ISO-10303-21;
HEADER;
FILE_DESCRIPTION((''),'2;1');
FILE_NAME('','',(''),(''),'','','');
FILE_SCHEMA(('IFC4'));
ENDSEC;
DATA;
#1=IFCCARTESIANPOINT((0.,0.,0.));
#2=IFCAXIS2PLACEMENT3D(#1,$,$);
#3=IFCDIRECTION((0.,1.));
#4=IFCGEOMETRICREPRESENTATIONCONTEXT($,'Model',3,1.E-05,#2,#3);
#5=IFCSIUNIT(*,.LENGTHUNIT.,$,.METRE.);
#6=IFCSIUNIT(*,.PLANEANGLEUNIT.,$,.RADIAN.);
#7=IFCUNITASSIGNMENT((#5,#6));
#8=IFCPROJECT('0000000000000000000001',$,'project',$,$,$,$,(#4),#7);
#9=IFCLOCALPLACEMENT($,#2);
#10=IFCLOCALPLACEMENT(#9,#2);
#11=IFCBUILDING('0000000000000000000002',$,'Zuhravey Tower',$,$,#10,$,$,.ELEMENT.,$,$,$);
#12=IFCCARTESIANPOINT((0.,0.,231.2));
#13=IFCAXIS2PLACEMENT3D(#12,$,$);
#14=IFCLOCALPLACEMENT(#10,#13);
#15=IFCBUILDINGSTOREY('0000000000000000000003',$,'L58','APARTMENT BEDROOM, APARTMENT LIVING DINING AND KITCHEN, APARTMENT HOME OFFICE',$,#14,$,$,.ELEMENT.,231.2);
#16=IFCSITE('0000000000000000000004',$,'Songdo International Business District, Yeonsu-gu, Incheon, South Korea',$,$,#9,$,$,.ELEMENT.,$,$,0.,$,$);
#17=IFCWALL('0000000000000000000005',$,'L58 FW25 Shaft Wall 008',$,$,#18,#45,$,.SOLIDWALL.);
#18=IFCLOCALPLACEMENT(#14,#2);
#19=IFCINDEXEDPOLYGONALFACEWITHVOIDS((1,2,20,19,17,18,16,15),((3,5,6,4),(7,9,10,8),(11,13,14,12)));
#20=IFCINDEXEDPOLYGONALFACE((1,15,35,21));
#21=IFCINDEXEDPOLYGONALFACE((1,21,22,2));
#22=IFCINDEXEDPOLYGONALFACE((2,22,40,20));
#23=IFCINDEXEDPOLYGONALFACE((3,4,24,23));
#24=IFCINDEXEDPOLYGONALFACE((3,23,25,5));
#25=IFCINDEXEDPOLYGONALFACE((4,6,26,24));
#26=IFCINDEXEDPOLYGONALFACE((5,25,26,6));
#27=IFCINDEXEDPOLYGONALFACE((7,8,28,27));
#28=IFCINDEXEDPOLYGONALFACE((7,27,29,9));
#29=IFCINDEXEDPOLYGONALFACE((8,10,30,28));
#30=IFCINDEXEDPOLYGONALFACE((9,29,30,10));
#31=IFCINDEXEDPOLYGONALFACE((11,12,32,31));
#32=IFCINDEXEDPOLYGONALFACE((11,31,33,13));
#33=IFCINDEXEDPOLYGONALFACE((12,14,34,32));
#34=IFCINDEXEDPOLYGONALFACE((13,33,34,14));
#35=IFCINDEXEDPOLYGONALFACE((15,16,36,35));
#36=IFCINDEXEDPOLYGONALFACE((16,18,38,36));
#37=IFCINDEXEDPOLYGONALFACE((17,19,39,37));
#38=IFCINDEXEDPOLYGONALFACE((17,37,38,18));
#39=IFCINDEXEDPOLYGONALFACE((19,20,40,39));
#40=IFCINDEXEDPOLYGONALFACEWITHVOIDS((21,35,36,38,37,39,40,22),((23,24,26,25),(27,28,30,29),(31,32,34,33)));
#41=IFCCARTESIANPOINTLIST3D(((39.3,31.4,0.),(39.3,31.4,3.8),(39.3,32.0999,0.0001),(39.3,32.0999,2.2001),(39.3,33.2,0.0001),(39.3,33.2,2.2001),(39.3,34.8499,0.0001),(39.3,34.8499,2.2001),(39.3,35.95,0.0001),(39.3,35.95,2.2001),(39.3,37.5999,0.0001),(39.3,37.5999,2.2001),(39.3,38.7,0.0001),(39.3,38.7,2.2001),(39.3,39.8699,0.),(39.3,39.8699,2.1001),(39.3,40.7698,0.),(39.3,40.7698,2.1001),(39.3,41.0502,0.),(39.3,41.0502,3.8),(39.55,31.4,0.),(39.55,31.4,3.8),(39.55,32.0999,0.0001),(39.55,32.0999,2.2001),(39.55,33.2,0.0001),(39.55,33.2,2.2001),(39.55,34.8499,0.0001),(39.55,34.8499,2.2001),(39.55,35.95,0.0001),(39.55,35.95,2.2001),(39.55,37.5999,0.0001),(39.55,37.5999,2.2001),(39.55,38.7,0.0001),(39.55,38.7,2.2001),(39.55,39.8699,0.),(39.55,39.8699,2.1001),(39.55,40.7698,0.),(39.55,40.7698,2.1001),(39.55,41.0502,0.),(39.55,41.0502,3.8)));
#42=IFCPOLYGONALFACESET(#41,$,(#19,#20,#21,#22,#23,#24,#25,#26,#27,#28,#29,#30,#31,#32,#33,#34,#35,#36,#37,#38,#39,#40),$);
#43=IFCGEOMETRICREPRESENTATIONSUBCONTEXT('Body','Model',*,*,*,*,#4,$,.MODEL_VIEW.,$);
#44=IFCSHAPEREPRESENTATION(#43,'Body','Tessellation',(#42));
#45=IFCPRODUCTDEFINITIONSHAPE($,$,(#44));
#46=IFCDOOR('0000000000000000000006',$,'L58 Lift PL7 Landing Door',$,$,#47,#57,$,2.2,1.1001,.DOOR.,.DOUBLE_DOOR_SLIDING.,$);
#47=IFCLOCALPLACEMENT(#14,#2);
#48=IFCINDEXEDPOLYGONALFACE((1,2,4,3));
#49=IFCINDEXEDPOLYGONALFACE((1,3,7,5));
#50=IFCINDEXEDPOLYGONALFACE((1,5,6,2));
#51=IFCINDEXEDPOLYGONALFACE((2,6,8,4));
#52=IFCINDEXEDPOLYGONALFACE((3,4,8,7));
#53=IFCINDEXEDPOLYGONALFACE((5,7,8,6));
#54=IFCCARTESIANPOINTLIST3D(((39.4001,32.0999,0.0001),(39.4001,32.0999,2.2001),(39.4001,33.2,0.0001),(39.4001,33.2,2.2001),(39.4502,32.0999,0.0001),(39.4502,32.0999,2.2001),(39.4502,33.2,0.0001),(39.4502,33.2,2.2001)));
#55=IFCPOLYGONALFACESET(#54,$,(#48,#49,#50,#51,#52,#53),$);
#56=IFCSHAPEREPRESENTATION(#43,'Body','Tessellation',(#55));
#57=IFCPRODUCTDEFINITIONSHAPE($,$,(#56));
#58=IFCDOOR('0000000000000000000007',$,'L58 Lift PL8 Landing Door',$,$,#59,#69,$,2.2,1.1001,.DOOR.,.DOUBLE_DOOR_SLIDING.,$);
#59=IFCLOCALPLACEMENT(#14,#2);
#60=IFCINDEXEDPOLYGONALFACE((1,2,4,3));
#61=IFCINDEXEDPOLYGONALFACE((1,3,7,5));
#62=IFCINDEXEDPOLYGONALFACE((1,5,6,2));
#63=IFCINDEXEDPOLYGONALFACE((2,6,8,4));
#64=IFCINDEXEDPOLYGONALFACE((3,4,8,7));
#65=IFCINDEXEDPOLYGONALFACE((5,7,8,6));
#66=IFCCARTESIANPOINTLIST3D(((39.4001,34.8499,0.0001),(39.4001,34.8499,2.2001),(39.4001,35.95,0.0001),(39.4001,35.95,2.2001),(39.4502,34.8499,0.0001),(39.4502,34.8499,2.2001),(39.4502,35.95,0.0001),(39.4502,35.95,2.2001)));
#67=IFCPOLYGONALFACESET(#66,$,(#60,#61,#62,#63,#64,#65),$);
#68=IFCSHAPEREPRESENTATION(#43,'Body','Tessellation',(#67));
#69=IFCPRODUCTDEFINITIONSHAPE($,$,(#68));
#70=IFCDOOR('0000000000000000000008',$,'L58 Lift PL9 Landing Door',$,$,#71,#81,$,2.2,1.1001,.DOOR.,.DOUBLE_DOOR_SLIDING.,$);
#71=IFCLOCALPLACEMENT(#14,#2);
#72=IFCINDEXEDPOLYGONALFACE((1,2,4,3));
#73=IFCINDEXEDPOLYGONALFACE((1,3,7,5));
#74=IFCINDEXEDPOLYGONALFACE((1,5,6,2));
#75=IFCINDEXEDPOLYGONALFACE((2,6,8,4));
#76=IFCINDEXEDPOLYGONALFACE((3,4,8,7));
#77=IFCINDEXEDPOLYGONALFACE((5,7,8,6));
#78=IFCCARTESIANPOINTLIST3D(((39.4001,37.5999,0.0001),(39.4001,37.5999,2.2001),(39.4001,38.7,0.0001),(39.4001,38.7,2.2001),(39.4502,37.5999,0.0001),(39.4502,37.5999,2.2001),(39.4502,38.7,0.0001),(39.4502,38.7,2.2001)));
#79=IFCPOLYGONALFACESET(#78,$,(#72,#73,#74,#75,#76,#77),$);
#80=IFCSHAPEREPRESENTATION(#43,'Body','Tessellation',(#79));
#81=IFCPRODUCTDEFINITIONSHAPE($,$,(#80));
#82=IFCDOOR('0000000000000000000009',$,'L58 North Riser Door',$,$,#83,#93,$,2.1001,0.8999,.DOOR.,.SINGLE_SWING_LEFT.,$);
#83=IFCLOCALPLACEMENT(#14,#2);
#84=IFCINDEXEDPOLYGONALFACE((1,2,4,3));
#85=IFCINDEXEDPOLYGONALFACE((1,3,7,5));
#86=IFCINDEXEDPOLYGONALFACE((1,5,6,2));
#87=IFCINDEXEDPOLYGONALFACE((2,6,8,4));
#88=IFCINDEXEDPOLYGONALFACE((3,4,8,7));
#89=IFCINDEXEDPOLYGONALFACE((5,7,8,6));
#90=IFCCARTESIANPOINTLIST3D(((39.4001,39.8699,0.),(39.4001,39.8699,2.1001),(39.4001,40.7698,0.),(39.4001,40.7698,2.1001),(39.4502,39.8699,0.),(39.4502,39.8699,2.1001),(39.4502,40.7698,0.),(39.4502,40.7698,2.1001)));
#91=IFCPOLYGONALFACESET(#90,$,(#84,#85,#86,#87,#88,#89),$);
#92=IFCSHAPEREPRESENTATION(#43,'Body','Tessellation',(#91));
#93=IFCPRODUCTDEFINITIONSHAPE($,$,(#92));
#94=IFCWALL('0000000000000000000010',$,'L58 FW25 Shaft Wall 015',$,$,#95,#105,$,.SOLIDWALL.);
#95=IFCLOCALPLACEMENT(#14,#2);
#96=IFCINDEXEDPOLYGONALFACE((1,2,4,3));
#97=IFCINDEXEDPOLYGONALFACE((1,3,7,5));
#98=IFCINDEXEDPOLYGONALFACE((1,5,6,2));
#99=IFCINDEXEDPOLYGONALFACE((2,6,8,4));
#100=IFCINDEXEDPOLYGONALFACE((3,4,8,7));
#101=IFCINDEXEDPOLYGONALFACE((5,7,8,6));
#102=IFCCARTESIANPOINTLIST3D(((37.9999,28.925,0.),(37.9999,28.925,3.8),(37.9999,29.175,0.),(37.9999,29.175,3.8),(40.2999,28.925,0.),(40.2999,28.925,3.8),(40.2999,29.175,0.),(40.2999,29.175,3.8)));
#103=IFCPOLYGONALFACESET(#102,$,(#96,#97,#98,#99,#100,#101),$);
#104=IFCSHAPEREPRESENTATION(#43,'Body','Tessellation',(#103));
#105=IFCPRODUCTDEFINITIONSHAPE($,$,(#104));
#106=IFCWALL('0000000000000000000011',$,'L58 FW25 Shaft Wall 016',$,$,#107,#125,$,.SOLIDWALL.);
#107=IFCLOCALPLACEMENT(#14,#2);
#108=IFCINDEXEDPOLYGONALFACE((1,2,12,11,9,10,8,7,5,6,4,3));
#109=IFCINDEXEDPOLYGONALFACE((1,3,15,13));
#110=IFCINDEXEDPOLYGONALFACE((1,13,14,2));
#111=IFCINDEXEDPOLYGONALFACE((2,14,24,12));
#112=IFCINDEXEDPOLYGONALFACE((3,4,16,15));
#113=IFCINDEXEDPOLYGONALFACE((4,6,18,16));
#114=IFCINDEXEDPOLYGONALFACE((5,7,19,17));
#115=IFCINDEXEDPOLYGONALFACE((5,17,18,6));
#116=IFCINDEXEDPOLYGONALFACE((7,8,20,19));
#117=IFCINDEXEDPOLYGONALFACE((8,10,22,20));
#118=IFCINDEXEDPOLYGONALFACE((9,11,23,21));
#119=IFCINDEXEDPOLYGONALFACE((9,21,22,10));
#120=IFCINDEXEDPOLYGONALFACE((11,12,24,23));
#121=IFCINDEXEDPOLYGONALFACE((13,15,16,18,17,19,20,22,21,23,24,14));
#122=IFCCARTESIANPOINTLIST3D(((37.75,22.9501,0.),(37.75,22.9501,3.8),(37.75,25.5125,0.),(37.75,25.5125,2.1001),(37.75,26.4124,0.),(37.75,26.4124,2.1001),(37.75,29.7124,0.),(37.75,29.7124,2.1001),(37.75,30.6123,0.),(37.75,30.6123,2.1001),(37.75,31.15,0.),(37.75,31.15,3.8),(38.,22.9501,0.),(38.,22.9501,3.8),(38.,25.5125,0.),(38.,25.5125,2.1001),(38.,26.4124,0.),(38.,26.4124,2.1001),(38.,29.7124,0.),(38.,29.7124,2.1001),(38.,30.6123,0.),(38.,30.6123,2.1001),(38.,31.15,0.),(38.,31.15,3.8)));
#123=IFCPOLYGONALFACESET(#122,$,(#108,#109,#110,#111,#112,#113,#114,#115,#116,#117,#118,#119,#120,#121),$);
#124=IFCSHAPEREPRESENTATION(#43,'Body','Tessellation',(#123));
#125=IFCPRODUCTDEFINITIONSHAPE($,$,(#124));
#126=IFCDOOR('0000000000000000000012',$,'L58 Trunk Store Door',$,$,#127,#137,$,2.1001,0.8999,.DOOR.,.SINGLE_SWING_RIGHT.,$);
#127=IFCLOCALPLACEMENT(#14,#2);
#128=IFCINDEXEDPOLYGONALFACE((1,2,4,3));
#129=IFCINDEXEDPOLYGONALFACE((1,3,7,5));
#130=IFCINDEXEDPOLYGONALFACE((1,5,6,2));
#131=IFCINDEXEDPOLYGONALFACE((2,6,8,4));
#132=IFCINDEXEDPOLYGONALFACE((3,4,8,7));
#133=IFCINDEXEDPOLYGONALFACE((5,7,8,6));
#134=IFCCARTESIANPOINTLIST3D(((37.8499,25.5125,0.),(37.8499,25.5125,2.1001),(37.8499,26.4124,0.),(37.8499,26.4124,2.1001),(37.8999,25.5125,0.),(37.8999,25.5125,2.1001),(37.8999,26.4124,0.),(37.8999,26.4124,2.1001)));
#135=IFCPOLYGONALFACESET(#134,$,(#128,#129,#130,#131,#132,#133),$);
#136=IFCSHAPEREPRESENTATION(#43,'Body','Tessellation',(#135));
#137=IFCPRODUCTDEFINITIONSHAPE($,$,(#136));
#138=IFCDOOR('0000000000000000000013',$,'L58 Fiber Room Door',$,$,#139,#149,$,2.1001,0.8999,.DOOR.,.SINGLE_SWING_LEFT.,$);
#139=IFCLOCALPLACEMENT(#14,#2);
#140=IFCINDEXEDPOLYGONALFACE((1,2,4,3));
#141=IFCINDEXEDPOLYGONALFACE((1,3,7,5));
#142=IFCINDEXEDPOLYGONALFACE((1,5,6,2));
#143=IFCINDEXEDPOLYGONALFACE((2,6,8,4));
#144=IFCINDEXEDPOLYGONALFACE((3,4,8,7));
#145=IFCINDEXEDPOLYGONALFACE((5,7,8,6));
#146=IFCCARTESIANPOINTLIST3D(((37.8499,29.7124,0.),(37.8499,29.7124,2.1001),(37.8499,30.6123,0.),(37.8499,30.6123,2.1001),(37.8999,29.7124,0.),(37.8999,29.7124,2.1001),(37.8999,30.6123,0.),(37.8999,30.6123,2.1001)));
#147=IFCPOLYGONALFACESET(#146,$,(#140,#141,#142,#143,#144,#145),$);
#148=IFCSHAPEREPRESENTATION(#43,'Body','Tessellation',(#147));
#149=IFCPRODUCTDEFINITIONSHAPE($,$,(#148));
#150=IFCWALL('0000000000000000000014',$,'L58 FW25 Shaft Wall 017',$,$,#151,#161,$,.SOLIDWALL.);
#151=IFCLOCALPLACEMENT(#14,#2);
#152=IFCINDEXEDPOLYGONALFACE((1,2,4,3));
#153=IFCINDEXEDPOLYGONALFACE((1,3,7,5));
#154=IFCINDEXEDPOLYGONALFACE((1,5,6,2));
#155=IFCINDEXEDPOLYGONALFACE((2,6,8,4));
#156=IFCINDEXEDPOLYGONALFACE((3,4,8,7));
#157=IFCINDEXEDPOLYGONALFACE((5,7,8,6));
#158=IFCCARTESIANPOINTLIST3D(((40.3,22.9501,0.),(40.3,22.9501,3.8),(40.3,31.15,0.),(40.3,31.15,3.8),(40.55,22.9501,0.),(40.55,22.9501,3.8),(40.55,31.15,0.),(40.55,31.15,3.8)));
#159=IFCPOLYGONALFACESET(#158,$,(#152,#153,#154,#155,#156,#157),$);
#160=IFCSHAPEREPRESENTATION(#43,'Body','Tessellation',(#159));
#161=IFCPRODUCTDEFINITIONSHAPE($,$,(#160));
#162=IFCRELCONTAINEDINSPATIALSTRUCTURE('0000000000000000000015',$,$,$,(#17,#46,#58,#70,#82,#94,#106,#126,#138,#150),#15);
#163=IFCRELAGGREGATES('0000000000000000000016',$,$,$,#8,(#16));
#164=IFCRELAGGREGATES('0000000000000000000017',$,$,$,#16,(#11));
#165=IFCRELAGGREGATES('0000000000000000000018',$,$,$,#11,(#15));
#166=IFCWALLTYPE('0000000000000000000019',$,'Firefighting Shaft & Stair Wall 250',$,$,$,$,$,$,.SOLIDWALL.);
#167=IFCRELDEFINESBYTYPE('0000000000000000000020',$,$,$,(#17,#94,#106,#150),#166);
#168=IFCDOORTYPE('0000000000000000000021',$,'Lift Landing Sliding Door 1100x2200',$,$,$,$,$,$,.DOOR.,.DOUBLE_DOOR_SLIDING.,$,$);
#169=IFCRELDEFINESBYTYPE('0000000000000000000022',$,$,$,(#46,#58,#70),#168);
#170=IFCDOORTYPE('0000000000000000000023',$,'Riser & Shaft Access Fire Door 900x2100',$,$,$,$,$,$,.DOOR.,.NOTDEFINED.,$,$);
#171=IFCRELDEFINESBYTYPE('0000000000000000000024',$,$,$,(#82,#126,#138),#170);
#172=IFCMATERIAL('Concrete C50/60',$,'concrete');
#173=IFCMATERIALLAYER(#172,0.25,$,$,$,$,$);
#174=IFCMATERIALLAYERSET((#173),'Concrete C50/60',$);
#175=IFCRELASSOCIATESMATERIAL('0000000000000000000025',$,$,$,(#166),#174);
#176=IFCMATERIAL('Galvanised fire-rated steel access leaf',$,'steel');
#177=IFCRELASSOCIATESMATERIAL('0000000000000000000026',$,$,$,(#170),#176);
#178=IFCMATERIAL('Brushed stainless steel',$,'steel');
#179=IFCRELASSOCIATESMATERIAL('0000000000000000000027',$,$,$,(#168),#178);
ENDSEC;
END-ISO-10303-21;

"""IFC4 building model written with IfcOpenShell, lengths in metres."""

from ifc_helpers import new_model, si_unit, direction, frame, frame_2d, origin, place, context, subcontext, project, spatial, rectangle, extrude, material, layer, layer_set, type_object, element, fill, save


model = new_model("IFC4")

# Units and contexts
model_context = context("Model", 3, precision=1e-05, world=origin(), true_north=direction((0.0, 1.0)))
body_context = subcontext(model_context, "Body", "Model", "MODEL_VIEW")
ifc_project = project(units=[si_unit("LENGTHUNIT", "METRE"), si_unit("PLANEANGLEUNIT", "RADIAN")], contexts=[model_context])

# Site, building, storey
site_placement = place(None, origin())
site = spatial("IfcSite", under=ifc_project, at=site_placement, Name="Songdo International Business District, Yeonsu-gu, Incheon, South Korea", CompositionType="ELEMENT", RefElevation=0.0)
building_placement = place(site_placement, origin())
building = spatial("IfcBuilding", under=site, at=building_placement, Name="Zuhravey Tower", CompositionType="ELEMENT")
storey_placement = place(building_placement, frame((0.0, 0.0, 231.2)))
storey = spatial("IfcBuildingStorey", under=building, at=storey_placement, Name="L58", Description="APARTMENT BEDROOM, APARTMENT LIVING DINING AND KITCHEN, APARTMENT HOME OFFICE", CompositionType="ELEMENT", Elevation=231.2)

# Shared definitions
ifc_material_1 = material(Name="Concrete C50/60", Category="concrete")

# Shared definitions
ifc_layer_1 = layer(ifc_material_1, 0.25)
ifc_layer_set_1 = layer_set([ifc_layer_1], Name="Concrete C50/60")
wall_type_1 = type_object("IfcWallType", Name="Firefighting Shaft & Stair Wall 250", PredefinedType="SOLIDWALL", material=ifc_layer_set_1)

# Wall, openings, doors
ifc_material_2 = material(Name="Galvanised fire-rated steel access leaf", Category="steel")
door_type_1 = type_object("IfcDoorType", Name="Riser & Shaft Access Fire Door 900x2100", OperationType="NOTDEFINED", PredefinedType="DOOR", material=ifc_material_2)
wall_1_placement = place(storey_placement, frame((39.425, 31.3999, 0.0), z_axis=(0.0, 0.0, 1.0), x_axis=(0.0, 1.0, 0.0)))
wall_1 = element("IfcWall", 1, at=wall_1_placement, inside=storey, type_object=wall_type_1, Name="L58 FW25 Shaft Wall 008", PredefinedType="SOLIDWALL", context=body_context, shape_type="SweptSolid", body=[
    extrude(rectangle(XDim=9.6501, YDim=0.25, at=frame_2d((4.8252, 0.0))), origin(), (0.0, 0.0, 1.0), 3.8),
])
opening_1_placement = place(wall_1_placement, frame((0.7, 0.0, 0.0)))
opening_1 = element("IfcOpeningElement", 2, at=opening_1_placement, cuts=wall_1, PredefinedType="OPENING", context=body_context, shape_type="SweptSolid", body=[
    extrude(rectangle(XDim=1.1001, YDim=2.2, at=frame_2d((0.55, 1.1001))), frame((0.0, 0.137, 0.0), z_axis=(0.0, -1.0, 0.0), x_axis=(1.0, 0.0, 0.0)), (0.0, 0.0, 1.0), 0.2739),
])
opening_2_placement = place(wall_1_placement, frame((3.45, 0.0, 0.0)))
opening_2 = element("IfcOpeningElement", 3, at=opening_2_placement, cuts=wall_1, PredefinedType="OPENING", context=body_context, shape_type="SweptSolid", body=[
    extrude(rectangle(XDim=1.1001, YDim=2.2, at=frame_2d((0.55, 1.1001))), frame((0.0, 0.137, 0.0), z_axis=(0.0, -1.0, 0.0), x_axis=(1.0, 0.0, 0.0)), (0.0, 0.0, 1.0), 0.2739),
])
opening_3_placement = place(wall_1_placement, frame((6.2, 0.0, 0.0)))
opening_3 = element("IfcOpeningElement", 4, at=opening_3_placement, cuts=wall_1, PredefinedType="OPENING", context=body_context, shape_type="SweptSolid", body=[
    extrude(rectangle(XDim=1.1001, YDim=2.2, at=frame_2d((0.55, 1.1001))), frame((0.0, 0.137, 0.0), z_axis=(0.0, -1.0, 0.0), x_axis=(1.0, 0.0, 0.0)), (0.0, 0.0, 1.0), 0.2739),
])
opening_4_placement = place(wall_1_placement, frame((8.47, 0.0, 0.0)))
opening_4 = element("IfcOpeningElement", 5, at=opening_4_placement, cuts=wall_1, PredefinedType="OPENING", context=body_context, shape_type="SweptSolid", body=[
    extrude(rectangle(XDim=0.8999, YDim=2.1001, at=frame_2d((0.45, 1.05))), frame((0.0, 0.137, 0.0), z_axis=(0.0, -1.0, 0.0), x_axis=(1.0, 0.0, 0.0)), (0.0, 0.0, 1.0), 0.2739),
])
ifc_material_3 = material(Name="Brushed stainless steel", Category="steel")
door_type_2 = type_object("IfcDoorType", Name="Lift Landing Sliding Door 1100x2200", OperationType="DOUBLE_DOOR_SLIDING", PredefinedType="DOOR", material=ifc_material_3)
door_1_placement = place(opening_1_placement, origin())
door_1 = element("IfcDoor", 6, at=door_1_placement, inside=storey, type_object=door_type_2, Name="L58 Lift PL7 Landing Door", OperationType="DOUBLE_DOOR_SLIDING", OverallHeight=2.2, OverallWidth=1.1001, PredefinedType="DOOR", context=body_context, shape_type="SweptSolid", body=[
    extrude(rectangle(XDim=1.1001, YDim=2.2, at=frame_2d((0.55, 1.1001))), frame((0.0, 0.0249, 0.0), z_axis=(0.0, -1.0, 0.0), x_axis=(1.0, 0.0, 0.0)), (0.0, 0.0, 1.0), 0.05),
])
fill(opening_1, door_1)
door_2_placement = place(opening_2_placement, origin())
door_2 = element("IfcDoor", 7, at=door_2_placement, inside=storey, type_object=door_type_2, Name="L58 Lift PL8 Landing Door", OperationType="DOUBLE_DOOR_SLIDING", OverallHeight=2.2, OverallWidth=1.1001, PredefinedType="DOOR", context=body_context, shape_type="SweptSolid", body=[
    extrude(rectangle(XDim=1.1001, YDim=2.2, at=frame_2d((0.55, 1.1001))), frame((0.0, 0.0249, 0.0), z_axis=(0.0, -1.0, 0.0), x_axis=(1.0, 0.0, 0.0)), (0.0, 0.0, 1.0), 0.05),
])
fill(opening_2, door_2)
door_3_placement = place(opening_3_placement, origin())
door_3 = element("IfcDoor", 8, at=door_3_placement, inside=storey, type_object=door_type_2, Name="L58 Lift PL9 Landing Door", OperationType="DOUBLE_DOOR_SLIDING", OverallHeight=2.2, OverallWidth=1.1001, PredefinedType="DOOR", context=body_context, shape_type="SweptSolid", body=[
    extrude(rectangle(XDim=1.1001, YDim=2.2, at=frame_2d((0.55, 1.1001))), frame((0.0, 0.0249, 0.0), z_axis=(0.0, -1.0, 0.0), x_axis=(1.0, 0.0, 0.0)), (0.0, 0.0, 1.0), 0.05),
])
fill(opening_3, door_3)
door_4_placement = place(opening_4_placement, origin())
door_4 = element("IfcDoor", 9, at=door_4_placement, inside=storey, type_object=door_type_1, Name="L58 North Riser Door", OperationType="SINGLE_SWING_LEFT", OverallHeight=2.1001, OverallWidth=0.8999, PredefinedType="DOOR", context=body_context, shape_type="SweptSolid", body=[
    extrude(rectangle(XDim=0.8999, YDim=2.1001, at=frame_2d((0.45, 1.05))), frame((0.0, 0.0249, 0.0), z_axis=(0.0, -1.0, 0.0), x_axis=(1.0, 0.0, 0.0)), (0.0, 0.0, 1.0), 0.05),
])
fill(opening_4, door_4)

# Wall
wall_2_placement = place(storey_placement, frame((38.0, 29.05, 0.0), z_axis=(0.0, 0.0, 1.0), x_axis=(1.0, 0.0, 0.0)))
element("IfcWall", 10, at=wall_2_placement, inside=storey, type_object=wall_type_1, Name="L58 FW25 Shaft Wall 015", PredefinedType="SOLIDWALL", context=body_context, shape_type="SweptSolid", body=[
    extrude(rectangle(XDim=2.3, YDim=0.25, at=frame_2d((1.1499, 0.0))), origin(), (0.0, 0.0, 1.0), 3.8),
])

# Wall, openings, doors
wall_3_placement = place(storey_placement, frame((37.875, 22.95, 0.0), z_axis=(0.0, 0.0, 1.0), x_axis=(0.0, 1.0, 0.0)))
wall_3 = element("IfcWall", 11, at=wall_3_placement, inside=storey, type_object=wall_type_1, Name="L58 FW25 Shaft Wall 016", PredefinedType="SOLIDWALL", context=body_context, shape_type="SweptSolid", body=[
    extrude(rectangle(XDim=8.2, YDim=0.25, at=frame_2d((4.1001, 0.0))), origin(), (0.0, 0.0, 1.0), 3.8),
])
opening_5_placement = place(wall_3_placement, frame((2.5625, 0.0, 0.0)))
opening_5 = element("IfcOpeningElement", 12, at=opening_5_placement, cuts=wall_3, PredefinedType="OPENING", context=body_context, shape_type="SweptSolid", body=[
    extrude(rectangle(XDim=0.8999, YDim=2.1001, at=frame_2d((0.45, 1.05))), frame((0.0, 0.137, 0.0), z_axis=(0.0, -1.0, 0.0), x_axis=(1.0, 0.0, 0.0)), (0.0, 0.0, 1.0), 0.2739),
])
opening_6_placement = place(wall_3_placement, frame((6.7625, 0.0, 0.0)))
opening_6 = element("IfcOpeningElement", 13, at=opening_6_placement, cuts=wall_3, PredefinedType="OPENING", context=body_context, shape_type="SweptSolid", body=[
    extrude(rectangle(XDim=0.8999, YDim=2.1001, at=frame_2d((0.45, 1.05))), frame((0.0, 0.137, 0.0), z_axis=(0.0, -1.0, 0.0), x_axis=(1.0, 0.0, 0.0)), (0.0, 0.0, 1.0), 0.2739),
])
door_5_placement = place(opening_5_placement, frame((0.8999, 0.0, 0.0), z_axis=(0.0, 0.0, 1.0), x_axis=(-1.0, 0.0, 0.0)))
door_5 = element("IfcDoor", 14, at=door_5_placement, inside=storey, type_object=door_type_1, Name="L58 Trunk Store Door", OperationType="SINGLE_SWING_RIGHT", OverallHeight=2.1001, OverallWidth=0.8999, PredefinedType="DOOR", context=body_context, shape_type="SweptSolid", body=[
    extrude(rectangle(XDim=0.8999, YDim=2.1001, at=frame_2d((0.45, 1.05))), frame((0.0, 0.0249, 0.0), z_axis=(0.0, -1.0, 0.0), x_axis=(1.0, 0.0, 0.0)), (0.0, 0.0, 1.0), 0.05),
])
fill(opening_5, door_5)
door_6_placement = place(opening_6_placement, frame((0.8999, 0.0, 0.0), z_axis=(0.0, 0.0, 1.0), x_axis=(-1.0, 0.0, 0.0)))
door_6 = element("IfcDoor", 15, at=door_6_placement, inside=storey, type_object=door_type_1, Name="L58 Fiber Room Door", OperationType="SINGLE_SWING_LEFT", OverallHeight=2.1001, OverallWidth=0.8999, PredefinedType="DOOR", context=body_context, shape_type="SweptSolid", body=[
    extrude(rectangle(XDim=0.8999, YDim=2.1001, at=frame_2d((0.45, 1.05))), frame((0.0, 0.0249, 0.0), z_axis=(0.0, -1.0, 0.0), x_axis=(1.0, 0.0, 0.0)), (0.0, 0.0, 1.0), 0.05),
])
fill(opening_6, door_6)

# Wall
wall_4_placement = place(storey_placement, frame((40.425, 22.95, 0.0), z_axis=(0.0, 0.0, 1.0), x_axis=(0.0, 1.0, 0.0)))
element("IfcWall", 16, at=wall_4_placement, inside=storey, type_object=wall_type_1, Name="L58 FW25 Shaft Wall 017", PredefinedType="SOLIDWALL", context=body_context, shape_type="SweptSolid", body=[
    extrude(rectangle(XDim=8.2, YDim=0.25, at=frame_2d((4.1001, 0.0))), origin(), (0.0, 0.0, 1.0), 3.8),
])

save(model, "model.ifc")
